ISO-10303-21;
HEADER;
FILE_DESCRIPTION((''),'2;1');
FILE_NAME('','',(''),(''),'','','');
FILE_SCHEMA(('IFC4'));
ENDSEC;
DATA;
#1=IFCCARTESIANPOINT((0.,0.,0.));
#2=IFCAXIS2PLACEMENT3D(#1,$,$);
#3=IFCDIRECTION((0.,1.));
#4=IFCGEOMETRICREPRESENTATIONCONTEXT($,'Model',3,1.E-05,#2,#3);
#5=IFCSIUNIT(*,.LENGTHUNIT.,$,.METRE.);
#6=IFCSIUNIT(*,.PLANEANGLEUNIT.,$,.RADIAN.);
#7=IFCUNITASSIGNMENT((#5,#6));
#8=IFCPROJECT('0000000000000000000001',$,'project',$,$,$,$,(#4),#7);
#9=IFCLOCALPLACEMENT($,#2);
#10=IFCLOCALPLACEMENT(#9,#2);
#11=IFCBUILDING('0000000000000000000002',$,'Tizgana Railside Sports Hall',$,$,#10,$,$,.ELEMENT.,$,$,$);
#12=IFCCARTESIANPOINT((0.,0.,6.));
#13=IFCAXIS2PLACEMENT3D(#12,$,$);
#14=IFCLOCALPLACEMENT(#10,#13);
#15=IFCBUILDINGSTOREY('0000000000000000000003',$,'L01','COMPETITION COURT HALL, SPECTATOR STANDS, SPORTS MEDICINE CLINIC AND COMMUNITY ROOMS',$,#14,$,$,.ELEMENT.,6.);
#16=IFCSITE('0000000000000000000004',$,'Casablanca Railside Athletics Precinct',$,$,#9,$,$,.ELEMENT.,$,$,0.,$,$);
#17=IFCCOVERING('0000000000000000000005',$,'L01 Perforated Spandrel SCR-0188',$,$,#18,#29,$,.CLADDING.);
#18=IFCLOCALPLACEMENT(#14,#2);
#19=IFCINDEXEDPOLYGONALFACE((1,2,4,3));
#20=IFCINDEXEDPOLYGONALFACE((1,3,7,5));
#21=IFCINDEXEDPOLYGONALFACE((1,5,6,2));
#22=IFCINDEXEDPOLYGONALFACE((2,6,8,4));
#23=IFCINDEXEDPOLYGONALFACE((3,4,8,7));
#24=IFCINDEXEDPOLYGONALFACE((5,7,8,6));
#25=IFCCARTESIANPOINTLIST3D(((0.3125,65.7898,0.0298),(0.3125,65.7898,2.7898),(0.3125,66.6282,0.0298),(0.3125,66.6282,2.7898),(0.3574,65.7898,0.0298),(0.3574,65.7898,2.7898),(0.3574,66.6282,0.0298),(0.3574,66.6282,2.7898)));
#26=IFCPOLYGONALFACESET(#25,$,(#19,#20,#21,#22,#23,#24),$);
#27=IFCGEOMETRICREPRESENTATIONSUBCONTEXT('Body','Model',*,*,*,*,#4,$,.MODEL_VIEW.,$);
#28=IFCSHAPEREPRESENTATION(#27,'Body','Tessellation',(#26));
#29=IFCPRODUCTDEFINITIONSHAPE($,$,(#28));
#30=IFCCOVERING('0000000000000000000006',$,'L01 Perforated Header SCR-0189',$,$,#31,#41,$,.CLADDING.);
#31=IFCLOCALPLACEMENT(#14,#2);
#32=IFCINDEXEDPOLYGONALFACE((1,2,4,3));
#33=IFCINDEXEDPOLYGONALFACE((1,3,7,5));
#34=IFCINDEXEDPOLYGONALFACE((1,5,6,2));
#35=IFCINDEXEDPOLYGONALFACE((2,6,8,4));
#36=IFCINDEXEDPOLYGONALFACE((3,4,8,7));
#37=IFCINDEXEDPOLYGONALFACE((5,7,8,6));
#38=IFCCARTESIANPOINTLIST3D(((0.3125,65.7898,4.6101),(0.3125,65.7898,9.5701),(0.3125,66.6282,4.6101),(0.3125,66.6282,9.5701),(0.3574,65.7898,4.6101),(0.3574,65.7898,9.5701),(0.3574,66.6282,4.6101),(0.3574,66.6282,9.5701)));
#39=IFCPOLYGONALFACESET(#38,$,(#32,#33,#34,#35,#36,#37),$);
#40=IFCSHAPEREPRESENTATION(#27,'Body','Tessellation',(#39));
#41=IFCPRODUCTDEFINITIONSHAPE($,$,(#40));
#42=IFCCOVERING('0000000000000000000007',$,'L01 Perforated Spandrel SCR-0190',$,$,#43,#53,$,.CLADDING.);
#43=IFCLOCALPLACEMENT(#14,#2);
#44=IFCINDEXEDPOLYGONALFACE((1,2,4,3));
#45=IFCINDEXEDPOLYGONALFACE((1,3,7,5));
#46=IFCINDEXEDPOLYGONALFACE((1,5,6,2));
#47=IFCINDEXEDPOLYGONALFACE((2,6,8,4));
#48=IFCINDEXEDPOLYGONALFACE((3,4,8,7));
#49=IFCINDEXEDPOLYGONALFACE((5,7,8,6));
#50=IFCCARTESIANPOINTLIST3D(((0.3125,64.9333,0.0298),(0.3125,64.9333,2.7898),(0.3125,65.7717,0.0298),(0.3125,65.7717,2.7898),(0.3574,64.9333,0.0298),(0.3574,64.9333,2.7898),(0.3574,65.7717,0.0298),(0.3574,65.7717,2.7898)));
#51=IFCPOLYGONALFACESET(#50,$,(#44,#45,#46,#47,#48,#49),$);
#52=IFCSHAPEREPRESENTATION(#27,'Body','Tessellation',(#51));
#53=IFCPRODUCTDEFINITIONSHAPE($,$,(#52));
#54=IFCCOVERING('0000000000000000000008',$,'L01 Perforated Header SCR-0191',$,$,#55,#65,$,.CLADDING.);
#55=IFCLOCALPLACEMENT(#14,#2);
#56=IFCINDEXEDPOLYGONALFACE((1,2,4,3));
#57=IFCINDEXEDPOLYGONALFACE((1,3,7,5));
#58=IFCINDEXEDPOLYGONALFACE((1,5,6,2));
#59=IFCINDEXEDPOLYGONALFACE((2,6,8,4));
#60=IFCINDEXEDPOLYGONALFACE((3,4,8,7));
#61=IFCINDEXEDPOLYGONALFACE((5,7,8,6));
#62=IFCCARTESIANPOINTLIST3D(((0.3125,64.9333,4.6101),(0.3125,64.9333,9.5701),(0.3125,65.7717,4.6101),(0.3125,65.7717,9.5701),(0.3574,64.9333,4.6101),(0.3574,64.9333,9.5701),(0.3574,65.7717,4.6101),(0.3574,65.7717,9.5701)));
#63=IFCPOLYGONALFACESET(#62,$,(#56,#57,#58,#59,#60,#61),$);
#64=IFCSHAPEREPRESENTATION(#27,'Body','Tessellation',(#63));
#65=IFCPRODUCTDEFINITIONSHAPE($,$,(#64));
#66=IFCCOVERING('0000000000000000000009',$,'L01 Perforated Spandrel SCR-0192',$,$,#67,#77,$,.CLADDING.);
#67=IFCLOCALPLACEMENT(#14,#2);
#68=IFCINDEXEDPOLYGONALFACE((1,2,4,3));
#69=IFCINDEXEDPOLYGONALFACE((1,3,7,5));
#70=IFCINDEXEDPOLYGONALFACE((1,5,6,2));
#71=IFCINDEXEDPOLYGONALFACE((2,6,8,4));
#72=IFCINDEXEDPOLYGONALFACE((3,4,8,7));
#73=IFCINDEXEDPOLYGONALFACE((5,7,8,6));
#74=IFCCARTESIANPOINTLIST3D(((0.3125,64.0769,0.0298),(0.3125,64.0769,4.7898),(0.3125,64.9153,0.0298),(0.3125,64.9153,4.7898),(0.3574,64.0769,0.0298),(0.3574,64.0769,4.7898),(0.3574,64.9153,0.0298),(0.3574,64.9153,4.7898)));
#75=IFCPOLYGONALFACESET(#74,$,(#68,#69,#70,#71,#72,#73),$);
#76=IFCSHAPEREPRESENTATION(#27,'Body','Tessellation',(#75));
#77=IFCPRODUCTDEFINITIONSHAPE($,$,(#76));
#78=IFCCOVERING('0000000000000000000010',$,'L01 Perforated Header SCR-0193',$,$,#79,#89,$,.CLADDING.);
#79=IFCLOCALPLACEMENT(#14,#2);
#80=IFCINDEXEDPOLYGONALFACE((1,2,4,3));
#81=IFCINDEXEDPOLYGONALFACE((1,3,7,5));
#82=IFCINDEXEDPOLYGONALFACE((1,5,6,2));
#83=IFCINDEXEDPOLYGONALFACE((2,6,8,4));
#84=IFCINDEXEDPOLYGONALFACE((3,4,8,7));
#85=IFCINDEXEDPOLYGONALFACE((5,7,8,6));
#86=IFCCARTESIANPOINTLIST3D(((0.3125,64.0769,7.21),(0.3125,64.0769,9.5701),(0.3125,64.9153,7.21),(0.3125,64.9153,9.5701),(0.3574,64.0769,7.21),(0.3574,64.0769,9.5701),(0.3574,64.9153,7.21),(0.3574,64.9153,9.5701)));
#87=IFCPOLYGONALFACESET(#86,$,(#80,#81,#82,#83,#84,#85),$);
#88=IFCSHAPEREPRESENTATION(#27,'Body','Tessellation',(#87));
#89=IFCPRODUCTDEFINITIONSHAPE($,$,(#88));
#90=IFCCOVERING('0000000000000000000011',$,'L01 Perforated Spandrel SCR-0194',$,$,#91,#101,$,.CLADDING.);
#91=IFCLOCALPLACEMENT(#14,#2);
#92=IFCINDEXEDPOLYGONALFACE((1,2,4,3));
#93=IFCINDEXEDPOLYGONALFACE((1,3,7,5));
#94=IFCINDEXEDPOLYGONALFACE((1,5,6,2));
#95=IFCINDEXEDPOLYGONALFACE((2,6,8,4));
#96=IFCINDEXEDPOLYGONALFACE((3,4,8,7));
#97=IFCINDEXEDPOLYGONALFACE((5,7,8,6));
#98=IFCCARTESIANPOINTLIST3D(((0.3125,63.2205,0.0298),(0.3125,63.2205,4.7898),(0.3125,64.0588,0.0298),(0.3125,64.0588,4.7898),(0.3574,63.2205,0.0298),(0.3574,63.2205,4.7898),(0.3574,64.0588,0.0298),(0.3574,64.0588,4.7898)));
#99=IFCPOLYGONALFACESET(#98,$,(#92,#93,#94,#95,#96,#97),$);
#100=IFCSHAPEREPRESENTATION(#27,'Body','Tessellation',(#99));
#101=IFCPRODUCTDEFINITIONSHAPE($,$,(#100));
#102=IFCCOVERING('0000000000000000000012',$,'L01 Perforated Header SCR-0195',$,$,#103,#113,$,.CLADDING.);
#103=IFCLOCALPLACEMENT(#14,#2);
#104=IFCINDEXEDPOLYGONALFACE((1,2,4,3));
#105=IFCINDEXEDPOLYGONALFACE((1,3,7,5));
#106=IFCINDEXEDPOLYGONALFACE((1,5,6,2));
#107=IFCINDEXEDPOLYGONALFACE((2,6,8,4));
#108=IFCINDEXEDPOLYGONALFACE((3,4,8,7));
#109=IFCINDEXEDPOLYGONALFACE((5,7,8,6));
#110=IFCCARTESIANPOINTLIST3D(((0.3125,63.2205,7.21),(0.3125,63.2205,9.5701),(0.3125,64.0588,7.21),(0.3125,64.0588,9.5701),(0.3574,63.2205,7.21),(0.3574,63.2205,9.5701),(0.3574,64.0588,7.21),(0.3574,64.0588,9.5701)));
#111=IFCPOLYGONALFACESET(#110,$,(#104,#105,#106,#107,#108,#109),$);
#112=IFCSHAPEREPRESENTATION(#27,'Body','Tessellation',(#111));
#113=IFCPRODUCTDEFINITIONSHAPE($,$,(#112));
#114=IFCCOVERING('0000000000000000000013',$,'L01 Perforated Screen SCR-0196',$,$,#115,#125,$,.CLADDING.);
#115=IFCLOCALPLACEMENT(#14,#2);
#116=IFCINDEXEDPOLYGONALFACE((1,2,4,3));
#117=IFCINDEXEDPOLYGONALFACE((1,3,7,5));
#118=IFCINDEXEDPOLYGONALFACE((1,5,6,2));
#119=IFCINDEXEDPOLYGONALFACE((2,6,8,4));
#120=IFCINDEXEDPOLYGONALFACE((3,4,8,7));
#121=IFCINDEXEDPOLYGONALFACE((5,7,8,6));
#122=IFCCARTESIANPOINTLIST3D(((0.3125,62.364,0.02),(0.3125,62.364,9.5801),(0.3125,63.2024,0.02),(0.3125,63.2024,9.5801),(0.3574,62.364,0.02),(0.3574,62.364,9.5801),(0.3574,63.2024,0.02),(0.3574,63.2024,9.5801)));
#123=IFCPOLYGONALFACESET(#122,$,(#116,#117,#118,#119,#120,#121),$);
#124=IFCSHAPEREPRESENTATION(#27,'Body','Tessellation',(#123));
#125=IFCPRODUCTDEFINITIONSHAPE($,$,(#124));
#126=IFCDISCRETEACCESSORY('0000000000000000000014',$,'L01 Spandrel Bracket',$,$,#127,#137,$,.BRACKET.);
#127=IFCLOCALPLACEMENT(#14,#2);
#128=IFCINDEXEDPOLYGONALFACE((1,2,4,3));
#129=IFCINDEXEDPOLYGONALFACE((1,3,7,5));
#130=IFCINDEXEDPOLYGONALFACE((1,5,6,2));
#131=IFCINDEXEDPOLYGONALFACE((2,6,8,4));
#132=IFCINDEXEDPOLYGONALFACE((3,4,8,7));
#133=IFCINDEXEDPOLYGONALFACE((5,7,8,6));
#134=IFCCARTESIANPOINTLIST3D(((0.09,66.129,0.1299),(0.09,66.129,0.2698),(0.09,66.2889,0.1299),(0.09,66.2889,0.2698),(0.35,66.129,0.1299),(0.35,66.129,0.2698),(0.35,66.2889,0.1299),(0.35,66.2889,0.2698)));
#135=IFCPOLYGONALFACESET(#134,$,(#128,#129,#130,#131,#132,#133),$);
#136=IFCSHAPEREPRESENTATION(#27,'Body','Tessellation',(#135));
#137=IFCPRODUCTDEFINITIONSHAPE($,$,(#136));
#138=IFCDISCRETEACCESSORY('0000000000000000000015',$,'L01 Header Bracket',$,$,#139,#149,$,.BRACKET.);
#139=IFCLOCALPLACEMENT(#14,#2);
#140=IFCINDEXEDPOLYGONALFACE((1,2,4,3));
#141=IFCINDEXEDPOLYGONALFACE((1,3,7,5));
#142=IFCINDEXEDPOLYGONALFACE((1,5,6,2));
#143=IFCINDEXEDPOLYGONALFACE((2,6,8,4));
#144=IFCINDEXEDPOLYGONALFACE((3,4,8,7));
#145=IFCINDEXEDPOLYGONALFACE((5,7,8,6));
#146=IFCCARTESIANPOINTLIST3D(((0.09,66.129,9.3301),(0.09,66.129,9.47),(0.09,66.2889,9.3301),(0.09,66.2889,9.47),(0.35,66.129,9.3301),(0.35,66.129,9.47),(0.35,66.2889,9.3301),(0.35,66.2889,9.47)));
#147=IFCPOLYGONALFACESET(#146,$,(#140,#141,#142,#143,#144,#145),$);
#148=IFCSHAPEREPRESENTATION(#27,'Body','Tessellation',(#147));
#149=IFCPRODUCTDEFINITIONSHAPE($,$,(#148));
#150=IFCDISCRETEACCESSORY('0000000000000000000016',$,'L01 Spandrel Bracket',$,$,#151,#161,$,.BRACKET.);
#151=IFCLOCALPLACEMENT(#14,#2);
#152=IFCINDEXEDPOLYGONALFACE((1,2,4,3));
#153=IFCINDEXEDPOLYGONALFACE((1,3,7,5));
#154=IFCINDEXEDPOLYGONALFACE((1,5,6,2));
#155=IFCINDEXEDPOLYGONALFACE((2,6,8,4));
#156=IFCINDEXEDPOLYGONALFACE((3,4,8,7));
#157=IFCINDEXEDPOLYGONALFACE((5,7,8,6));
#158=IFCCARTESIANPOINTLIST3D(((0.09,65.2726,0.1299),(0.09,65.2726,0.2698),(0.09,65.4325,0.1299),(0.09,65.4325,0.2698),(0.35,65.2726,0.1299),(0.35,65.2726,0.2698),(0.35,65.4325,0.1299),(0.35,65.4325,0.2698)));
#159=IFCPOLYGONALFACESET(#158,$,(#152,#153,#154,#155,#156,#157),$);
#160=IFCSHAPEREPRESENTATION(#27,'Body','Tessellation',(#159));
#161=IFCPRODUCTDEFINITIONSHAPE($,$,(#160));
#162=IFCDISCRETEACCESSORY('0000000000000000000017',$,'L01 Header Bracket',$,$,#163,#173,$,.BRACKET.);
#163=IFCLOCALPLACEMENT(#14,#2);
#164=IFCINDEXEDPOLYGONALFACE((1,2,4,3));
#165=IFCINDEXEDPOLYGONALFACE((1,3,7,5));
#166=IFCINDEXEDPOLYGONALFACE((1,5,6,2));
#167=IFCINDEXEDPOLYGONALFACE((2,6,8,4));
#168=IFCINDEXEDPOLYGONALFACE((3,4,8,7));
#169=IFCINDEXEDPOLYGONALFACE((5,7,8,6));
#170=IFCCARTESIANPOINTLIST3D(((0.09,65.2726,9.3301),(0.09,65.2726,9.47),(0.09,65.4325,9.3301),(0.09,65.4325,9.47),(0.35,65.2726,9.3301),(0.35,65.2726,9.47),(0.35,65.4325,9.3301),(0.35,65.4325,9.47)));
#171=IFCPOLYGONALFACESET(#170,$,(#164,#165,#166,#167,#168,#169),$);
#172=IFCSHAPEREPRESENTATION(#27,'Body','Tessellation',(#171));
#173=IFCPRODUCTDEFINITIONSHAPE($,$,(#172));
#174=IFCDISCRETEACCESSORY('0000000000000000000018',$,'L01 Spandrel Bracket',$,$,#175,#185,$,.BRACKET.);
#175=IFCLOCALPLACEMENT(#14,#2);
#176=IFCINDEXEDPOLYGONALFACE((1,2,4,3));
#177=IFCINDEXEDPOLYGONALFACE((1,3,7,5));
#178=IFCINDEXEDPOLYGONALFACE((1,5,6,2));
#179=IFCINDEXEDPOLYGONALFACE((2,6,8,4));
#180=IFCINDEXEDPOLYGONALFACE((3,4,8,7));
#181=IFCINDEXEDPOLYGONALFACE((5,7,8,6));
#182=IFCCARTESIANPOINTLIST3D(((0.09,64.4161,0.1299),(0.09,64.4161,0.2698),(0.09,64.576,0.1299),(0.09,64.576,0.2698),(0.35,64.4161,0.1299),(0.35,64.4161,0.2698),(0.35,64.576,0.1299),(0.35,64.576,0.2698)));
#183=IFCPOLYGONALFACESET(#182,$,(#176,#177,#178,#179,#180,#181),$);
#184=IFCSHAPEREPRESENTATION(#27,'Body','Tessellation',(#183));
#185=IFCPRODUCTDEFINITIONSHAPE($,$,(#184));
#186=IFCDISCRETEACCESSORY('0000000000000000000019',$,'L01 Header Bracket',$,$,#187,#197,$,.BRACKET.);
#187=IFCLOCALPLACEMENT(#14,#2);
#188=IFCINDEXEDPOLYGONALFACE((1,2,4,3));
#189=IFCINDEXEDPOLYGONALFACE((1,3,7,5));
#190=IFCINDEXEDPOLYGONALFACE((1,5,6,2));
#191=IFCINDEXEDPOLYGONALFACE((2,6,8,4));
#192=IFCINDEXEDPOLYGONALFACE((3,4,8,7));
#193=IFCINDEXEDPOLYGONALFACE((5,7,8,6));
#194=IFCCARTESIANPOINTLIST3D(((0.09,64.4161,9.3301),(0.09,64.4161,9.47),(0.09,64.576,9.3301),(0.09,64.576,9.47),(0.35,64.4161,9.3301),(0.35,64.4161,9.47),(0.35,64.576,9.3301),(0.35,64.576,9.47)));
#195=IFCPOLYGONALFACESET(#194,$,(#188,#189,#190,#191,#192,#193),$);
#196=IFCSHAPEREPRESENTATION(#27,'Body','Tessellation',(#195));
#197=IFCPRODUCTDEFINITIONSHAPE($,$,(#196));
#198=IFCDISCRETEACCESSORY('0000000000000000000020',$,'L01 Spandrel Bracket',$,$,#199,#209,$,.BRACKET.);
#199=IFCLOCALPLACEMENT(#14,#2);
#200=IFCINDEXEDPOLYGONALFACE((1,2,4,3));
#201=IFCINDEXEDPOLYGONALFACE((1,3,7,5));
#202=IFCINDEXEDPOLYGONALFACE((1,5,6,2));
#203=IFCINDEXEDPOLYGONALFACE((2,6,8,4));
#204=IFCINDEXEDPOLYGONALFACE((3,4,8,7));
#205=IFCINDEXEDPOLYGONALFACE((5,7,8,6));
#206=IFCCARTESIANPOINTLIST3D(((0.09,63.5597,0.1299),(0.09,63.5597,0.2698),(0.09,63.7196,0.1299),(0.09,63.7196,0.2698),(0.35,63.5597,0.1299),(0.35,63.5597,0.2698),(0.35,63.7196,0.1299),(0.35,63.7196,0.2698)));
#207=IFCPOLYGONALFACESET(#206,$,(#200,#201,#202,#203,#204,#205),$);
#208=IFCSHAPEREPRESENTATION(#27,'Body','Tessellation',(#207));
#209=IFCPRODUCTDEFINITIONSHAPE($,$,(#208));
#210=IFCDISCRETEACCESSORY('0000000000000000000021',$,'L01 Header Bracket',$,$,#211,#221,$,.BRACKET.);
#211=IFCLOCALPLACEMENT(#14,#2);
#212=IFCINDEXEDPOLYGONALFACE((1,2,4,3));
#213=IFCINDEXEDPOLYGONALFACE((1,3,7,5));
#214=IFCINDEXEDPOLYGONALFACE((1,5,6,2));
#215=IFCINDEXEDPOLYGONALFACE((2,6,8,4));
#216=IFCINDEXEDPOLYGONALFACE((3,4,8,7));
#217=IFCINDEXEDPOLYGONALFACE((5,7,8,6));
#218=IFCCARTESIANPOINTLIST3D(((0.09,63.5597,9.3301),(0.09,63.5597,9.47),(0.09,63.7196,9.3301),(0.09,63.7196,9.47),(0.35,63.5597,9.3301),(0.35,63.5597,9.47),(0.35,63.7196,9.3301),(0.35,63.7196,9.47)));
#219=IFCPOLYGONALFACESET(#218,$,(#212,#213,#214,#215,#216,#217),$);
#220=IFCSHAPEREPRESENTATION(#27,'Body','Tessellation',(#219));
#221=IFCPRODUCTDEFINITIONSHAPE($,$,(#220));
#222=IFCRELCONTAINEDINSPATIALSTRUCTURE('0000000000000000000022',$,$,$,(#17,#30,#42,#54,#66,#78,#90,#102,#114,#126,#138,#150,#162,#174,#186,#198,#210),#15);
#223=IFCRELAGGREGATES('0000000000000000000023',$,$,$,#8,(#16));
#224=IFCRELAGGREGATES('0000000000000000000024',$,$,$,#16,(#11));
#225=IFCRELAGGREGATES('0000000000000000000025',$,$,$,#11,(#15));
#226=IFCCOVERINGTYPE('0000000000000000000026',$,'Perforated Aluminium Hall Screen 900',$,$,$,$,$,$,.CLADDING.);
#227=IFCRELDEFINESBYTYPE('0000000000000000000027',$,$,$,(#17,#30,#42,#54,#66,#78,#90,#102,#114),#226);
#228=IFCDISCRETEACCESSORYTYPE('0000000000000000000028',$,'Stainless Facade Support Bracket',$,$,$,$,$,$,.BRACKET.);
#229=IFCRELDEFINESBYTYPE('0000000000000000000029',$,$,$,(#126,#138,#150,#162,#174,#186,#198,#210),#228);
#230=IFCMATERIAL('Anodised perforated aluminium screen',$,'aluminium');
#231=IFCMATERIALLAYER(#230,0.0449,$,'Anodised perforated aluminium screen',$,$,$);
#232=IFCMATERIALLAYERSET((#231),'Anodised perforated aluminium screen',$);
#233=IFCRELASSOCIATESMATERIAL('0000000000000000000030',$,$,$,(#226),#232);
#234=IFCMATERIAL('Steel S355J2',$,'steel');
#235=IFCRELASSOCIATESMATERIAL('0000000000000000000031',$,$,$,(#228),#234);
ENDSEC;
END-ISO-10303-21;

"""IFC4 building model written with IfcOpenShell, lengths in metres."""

from ifc_helpers import new_model, si_unit, direction, frame, origin, origin_2d, place, context, subcontext, project, spatial, rectangle, extrude, material, layer, layer_set, type_object, element, save


model = new_model("IFC4")

# Units and contexts
model_context = context("Model", 3, precision=1e-05, world=origin(), true_north=direction((0.0, 1.0)))
body_context = subcontext(model_context, "Body", "Model", "MODEL_VIEW")
ifc_project = project(units=[si_unit("LENGTHUNIT", "METRE"), si_unit("PLANEANGLEUNIT", "RADIAN")], contexts=[model_context])

# Site, building, storey
site_placement = place(None, origin())
site = spatial("IfcSite", under=ifc_project, at=site_placement, Name="Casablanca Railside Athletics Precinct", CompositionType="ELEMENT", RefElevation=0.0)
building_placement = place(site_placement, origin())
building = spatial("IfcBuilding", under=site, at=building_placement, Name="Tizgana Railside Sports Hall", CompositionType="ELEMENT")
storey_placement = place(building_placement, frame((0.0, 0.0, 6.0)))
storey = spatial("IfcBuildingStorey", under=building, at=storey_placement, Name="L01", Description="COMPETITION COURT HALL, SPECTATOR STANDS, SPORTS MEDICINE CLINIC AND COMMUNITY ROOMS", CompositionType="ELEMENT", Elevation=6.0)

# Coverings
ifc_material_1 = material(Name="Anodised perforated aluminium screen", Category="aluminium")
ifc_layer = layer(ifc_material_1, 0.0449, Name="Anodised perforated aluminium screen")
ifc_layer_set = layer_set([ifc_layer], Name="Anodised perforated aluminium screen")
covering_type = type_object("IfcCoveringType", Name="Perforated Aluminium Hall Screen 900", PredefinedType="CLADDING", material=ifc_layer_set)
covering_1_placement = place(storey_placement, frame((0.335, 66.209, 0.0298), z_axis=(0.0, 0.0, 1.0), x_axis=(0.0, -1.0, 0.0)))
element("IfcCovering", 1, at=covering_1_placement, inside=storey, type_object=covering_type, Name="L01 Perforated Spandrel SCR-0188", PredefinedType="CLADDING", context=body_context, shape_type="SweptSolid", body=[
    extrude(rectangle(XDim=0.8384, YDim=0.0449, at=origin_2d()), origin(), (0.0, 0.0, 1.0), 2.76),
])
covering_2_placement = place(storey_placement, frame((0.335, 66.209, 4.6101), z_axis=(0.0, 0.0, 1.0), x_axis=(0.0, -1.0, 0.0)))
element("IfcCovering", 2, at=covering_2_placement, inside=storey, type_object=covering_type, Name="L01 Perforated Header SCR-0189", PredefinedType="CLADDING", context=body_context, shape_type="SweptSolid", body=[
    extrude(rectangle(XDim=0.8384, YDim=0.0449, at=origin_2d()), origin(), (0.0, 0.0, 1.0), 4.96),
])
covering_3_placement = place(storey_placement, frame((0.335, 65.3525, 0.0298), z_axis=(0.0, 0.0, 1.0), x_axis=(0.0, -1.0, 0.0)))
element("IfcCovering", 3, at=covering_3_placement, inside=storey, type_object=covering_type, Name="L01 Perforated Spandrel SCR-0190", PredefinedType="CLADDING", context=body_context, shape_type="SweptSolid", body=[
    extrude(rectangle(XDim=0.8384, YDim=0.0449, at=origin_2d()), origin(), (0.0, 0.0, 1.0), 2.76),
])
covering_4_placement = place(storey_placement, frame((0.335, 65.3525, 4.6101), z_axis=(0.0, 0.0, 1.0), x_axis=(0.0, -1.0, 0.0)))
element("IfcCovering", 4, at=covering_4_placement, inside=storey, type_object=covering_type, Name="L01 Perforated Header SCR-0191", PredefinedType="CLADDING", context=body_context, shape_type="SweptSolid", body=[
    extrude(rectangle(XDim=0.8384, YDim=0.0449, at=origin_2d()), origin(), (0.0, 0.0, 1.0), 4.96),
])
covering_5_placement = place(storey_placement, frame((0.335, 64.4961, 0.0298), z_axis=(0.0, 0.0, 1.0), x_axis=(0.0, -1.0, 0.0)))
element("IfcCovering", 5, at=covering_5_placement, inside=storey, type_object=covering_type, Name="L01 Perforated Spandrel SCR-0192", PredefinedType="CLADDING", context=body_context, shape_type="SweptSolid", body=[
    extrude(rectangle(XDim=0.8384, YDim=0.0449, at=origin_2d()), origin(), (0.0, 0.0, 1.0), 4.76),
])
covering_6_placement = place(storey_placement, frame((0.335, 64.4961, 7.21), z_axis=(0.0, 0.0, 1.0), x_axis=(0.0, -1.0, 0.0)))
element("IfcCovering", 6, at=covering_6_placement, inside=storey, type_object=covering_type, Name="L01 Perforated Header SCR-0193", PredefinedType="CLADDING", context=body_context, shape_type="SweptSolid", body=[
    extrude(rectangle(XDim=0.8384, YDim=0.0449, at=origin_2d()), origin(), (0.0, 0.0, 1.0), 2.3601),
])
covering_7_placement = place(storey_placement, frame((0.335, 63.6396, 0.0298), z_axis=(0.0, 0.0, 1.0), x_axis=(0.0, -1.0, 0.0)))
element("IfcCovering", 7, at=covering_7_placement, inside=storey, type_object=covering_type, Name="L01 Perforated Spandrel SCR-0194", PredefinedType="CLADDING", context=body_context, shape_type="SweptSolid", body=[
    extrude(rectangle(XDim=0.8384, YDim=0.0449, at=origin_2d()), origin(), (0.0, 0.0, 1.0), 4.76),
])
covering_8_placement = place(storey_placement, frame((0.335, 63.6396, 7.21), z_axis=(0.0, 0.0, 1.0), x_axis=(0.0, -1.0, 0.0)))
element("IfcCovering", 8, at=covering_8_placement, inside=storey, type_object=covering_type, Name="L01 Perforated Header SCR-0195", PredefinedType="CLADDING", context=body_context, shape_type="SweptSolid", body=[
    extrude(rectangle(XDim=0.8384, YDim=0.0449, at=origin_2d()), origin(), (0.0, 0.0, 1.0), 2.3601),
])
covering_9_placement = place(storey_placement, frame((0.335, 62.7832, 0.02), z_axis=(0.0, 0.0, 1.0), x_axis=(0.0, -1.0, 0.0)))
element("IfcCovering", 9, at=covering_9_placement, inside=storey, type_object=covering_type, Name="L01 Perforated Screen SCR-0196", PredefinedType="CLADDING", context=body_context, shape_type="SweptSolid", body=[
    extrude(rectangle(XDim=0.8384, YDim=0.0449, at=origin_2d()), origin(), (0.0, 0.0, 1.0), 9.5601),
])

# Discrete accessories
ifc_material_2 = material(Name="Steel S355J2", Category="steel")
discrete_accessory_type = type_object("IfcDiscreteAccessoryType", Name="Stainless Facade Support Bracket", PredefinedType="BRACKET", material=ifc_material_2)
for number, where, z_axis, x_axis, name in (
    (10, (0.22, 66.209, 0.1299), (0.0, 0.0, 1.0), (0.0, -1.0, 0.0), "L01 Spandrel Bracket"),
    (11, (0.22, 66.209, 9.3301), (0.0, 0.0, 1.0), (0.0, -1.0, 0.0), "L01 Header Bracket"),
    (12, (0.22, 65.3525, 0.1299), (0.0, 0.0, 1.0), (0.0, -1.0, 0.0), "L01 Spandrel Bracket"),
    (13, (0.22, 65.3525, 9.3301), (0.0, 0.0, 1.0), (0.0, -1.0, 0.0), "L01 Header Bracket"),
    (14, (0.22, 64.4961, 0.1299), (0.0, 0.0, 1.0), (0.0, -1.0, 0.0), "L01 Spandrel Bracket"),
    (15, (0.22, 64.4961, 9.3301), (0.0, 0.0, 1.0), (0.0, -1.0, 0.0), "L01 Header Bracket"),
    (16, (0.22, 63.6396, 0.1299), (0.0, 0.0, 1.0), (0.0, -1.0, 0.0), "L01 Spandrel Bracket"),
    (17, (0.22, 63.6396, 9.3301), (0.0, 0.0, 1.0), (0.0, -1.0, 0.0), "L01 Header Bracket"),
):
    element("IfcDiscreteAccessory", number, at=place(storey_placement, frame(where, z_axis=z_axis, x_axis=x_axis)), inside=storey, type_object=discrete_accessory_type, Name=name, PredefinedType="BRACKET", context=body_context, shape_type="SweptSolid", body=[
        extrude(rectangle(XDim=0.1599, YDim=0.26, at=origin_2d()), origin(), (0.0, 0.0, 1.0), 0.1399),
    ])

save(model, "model.ifc")
